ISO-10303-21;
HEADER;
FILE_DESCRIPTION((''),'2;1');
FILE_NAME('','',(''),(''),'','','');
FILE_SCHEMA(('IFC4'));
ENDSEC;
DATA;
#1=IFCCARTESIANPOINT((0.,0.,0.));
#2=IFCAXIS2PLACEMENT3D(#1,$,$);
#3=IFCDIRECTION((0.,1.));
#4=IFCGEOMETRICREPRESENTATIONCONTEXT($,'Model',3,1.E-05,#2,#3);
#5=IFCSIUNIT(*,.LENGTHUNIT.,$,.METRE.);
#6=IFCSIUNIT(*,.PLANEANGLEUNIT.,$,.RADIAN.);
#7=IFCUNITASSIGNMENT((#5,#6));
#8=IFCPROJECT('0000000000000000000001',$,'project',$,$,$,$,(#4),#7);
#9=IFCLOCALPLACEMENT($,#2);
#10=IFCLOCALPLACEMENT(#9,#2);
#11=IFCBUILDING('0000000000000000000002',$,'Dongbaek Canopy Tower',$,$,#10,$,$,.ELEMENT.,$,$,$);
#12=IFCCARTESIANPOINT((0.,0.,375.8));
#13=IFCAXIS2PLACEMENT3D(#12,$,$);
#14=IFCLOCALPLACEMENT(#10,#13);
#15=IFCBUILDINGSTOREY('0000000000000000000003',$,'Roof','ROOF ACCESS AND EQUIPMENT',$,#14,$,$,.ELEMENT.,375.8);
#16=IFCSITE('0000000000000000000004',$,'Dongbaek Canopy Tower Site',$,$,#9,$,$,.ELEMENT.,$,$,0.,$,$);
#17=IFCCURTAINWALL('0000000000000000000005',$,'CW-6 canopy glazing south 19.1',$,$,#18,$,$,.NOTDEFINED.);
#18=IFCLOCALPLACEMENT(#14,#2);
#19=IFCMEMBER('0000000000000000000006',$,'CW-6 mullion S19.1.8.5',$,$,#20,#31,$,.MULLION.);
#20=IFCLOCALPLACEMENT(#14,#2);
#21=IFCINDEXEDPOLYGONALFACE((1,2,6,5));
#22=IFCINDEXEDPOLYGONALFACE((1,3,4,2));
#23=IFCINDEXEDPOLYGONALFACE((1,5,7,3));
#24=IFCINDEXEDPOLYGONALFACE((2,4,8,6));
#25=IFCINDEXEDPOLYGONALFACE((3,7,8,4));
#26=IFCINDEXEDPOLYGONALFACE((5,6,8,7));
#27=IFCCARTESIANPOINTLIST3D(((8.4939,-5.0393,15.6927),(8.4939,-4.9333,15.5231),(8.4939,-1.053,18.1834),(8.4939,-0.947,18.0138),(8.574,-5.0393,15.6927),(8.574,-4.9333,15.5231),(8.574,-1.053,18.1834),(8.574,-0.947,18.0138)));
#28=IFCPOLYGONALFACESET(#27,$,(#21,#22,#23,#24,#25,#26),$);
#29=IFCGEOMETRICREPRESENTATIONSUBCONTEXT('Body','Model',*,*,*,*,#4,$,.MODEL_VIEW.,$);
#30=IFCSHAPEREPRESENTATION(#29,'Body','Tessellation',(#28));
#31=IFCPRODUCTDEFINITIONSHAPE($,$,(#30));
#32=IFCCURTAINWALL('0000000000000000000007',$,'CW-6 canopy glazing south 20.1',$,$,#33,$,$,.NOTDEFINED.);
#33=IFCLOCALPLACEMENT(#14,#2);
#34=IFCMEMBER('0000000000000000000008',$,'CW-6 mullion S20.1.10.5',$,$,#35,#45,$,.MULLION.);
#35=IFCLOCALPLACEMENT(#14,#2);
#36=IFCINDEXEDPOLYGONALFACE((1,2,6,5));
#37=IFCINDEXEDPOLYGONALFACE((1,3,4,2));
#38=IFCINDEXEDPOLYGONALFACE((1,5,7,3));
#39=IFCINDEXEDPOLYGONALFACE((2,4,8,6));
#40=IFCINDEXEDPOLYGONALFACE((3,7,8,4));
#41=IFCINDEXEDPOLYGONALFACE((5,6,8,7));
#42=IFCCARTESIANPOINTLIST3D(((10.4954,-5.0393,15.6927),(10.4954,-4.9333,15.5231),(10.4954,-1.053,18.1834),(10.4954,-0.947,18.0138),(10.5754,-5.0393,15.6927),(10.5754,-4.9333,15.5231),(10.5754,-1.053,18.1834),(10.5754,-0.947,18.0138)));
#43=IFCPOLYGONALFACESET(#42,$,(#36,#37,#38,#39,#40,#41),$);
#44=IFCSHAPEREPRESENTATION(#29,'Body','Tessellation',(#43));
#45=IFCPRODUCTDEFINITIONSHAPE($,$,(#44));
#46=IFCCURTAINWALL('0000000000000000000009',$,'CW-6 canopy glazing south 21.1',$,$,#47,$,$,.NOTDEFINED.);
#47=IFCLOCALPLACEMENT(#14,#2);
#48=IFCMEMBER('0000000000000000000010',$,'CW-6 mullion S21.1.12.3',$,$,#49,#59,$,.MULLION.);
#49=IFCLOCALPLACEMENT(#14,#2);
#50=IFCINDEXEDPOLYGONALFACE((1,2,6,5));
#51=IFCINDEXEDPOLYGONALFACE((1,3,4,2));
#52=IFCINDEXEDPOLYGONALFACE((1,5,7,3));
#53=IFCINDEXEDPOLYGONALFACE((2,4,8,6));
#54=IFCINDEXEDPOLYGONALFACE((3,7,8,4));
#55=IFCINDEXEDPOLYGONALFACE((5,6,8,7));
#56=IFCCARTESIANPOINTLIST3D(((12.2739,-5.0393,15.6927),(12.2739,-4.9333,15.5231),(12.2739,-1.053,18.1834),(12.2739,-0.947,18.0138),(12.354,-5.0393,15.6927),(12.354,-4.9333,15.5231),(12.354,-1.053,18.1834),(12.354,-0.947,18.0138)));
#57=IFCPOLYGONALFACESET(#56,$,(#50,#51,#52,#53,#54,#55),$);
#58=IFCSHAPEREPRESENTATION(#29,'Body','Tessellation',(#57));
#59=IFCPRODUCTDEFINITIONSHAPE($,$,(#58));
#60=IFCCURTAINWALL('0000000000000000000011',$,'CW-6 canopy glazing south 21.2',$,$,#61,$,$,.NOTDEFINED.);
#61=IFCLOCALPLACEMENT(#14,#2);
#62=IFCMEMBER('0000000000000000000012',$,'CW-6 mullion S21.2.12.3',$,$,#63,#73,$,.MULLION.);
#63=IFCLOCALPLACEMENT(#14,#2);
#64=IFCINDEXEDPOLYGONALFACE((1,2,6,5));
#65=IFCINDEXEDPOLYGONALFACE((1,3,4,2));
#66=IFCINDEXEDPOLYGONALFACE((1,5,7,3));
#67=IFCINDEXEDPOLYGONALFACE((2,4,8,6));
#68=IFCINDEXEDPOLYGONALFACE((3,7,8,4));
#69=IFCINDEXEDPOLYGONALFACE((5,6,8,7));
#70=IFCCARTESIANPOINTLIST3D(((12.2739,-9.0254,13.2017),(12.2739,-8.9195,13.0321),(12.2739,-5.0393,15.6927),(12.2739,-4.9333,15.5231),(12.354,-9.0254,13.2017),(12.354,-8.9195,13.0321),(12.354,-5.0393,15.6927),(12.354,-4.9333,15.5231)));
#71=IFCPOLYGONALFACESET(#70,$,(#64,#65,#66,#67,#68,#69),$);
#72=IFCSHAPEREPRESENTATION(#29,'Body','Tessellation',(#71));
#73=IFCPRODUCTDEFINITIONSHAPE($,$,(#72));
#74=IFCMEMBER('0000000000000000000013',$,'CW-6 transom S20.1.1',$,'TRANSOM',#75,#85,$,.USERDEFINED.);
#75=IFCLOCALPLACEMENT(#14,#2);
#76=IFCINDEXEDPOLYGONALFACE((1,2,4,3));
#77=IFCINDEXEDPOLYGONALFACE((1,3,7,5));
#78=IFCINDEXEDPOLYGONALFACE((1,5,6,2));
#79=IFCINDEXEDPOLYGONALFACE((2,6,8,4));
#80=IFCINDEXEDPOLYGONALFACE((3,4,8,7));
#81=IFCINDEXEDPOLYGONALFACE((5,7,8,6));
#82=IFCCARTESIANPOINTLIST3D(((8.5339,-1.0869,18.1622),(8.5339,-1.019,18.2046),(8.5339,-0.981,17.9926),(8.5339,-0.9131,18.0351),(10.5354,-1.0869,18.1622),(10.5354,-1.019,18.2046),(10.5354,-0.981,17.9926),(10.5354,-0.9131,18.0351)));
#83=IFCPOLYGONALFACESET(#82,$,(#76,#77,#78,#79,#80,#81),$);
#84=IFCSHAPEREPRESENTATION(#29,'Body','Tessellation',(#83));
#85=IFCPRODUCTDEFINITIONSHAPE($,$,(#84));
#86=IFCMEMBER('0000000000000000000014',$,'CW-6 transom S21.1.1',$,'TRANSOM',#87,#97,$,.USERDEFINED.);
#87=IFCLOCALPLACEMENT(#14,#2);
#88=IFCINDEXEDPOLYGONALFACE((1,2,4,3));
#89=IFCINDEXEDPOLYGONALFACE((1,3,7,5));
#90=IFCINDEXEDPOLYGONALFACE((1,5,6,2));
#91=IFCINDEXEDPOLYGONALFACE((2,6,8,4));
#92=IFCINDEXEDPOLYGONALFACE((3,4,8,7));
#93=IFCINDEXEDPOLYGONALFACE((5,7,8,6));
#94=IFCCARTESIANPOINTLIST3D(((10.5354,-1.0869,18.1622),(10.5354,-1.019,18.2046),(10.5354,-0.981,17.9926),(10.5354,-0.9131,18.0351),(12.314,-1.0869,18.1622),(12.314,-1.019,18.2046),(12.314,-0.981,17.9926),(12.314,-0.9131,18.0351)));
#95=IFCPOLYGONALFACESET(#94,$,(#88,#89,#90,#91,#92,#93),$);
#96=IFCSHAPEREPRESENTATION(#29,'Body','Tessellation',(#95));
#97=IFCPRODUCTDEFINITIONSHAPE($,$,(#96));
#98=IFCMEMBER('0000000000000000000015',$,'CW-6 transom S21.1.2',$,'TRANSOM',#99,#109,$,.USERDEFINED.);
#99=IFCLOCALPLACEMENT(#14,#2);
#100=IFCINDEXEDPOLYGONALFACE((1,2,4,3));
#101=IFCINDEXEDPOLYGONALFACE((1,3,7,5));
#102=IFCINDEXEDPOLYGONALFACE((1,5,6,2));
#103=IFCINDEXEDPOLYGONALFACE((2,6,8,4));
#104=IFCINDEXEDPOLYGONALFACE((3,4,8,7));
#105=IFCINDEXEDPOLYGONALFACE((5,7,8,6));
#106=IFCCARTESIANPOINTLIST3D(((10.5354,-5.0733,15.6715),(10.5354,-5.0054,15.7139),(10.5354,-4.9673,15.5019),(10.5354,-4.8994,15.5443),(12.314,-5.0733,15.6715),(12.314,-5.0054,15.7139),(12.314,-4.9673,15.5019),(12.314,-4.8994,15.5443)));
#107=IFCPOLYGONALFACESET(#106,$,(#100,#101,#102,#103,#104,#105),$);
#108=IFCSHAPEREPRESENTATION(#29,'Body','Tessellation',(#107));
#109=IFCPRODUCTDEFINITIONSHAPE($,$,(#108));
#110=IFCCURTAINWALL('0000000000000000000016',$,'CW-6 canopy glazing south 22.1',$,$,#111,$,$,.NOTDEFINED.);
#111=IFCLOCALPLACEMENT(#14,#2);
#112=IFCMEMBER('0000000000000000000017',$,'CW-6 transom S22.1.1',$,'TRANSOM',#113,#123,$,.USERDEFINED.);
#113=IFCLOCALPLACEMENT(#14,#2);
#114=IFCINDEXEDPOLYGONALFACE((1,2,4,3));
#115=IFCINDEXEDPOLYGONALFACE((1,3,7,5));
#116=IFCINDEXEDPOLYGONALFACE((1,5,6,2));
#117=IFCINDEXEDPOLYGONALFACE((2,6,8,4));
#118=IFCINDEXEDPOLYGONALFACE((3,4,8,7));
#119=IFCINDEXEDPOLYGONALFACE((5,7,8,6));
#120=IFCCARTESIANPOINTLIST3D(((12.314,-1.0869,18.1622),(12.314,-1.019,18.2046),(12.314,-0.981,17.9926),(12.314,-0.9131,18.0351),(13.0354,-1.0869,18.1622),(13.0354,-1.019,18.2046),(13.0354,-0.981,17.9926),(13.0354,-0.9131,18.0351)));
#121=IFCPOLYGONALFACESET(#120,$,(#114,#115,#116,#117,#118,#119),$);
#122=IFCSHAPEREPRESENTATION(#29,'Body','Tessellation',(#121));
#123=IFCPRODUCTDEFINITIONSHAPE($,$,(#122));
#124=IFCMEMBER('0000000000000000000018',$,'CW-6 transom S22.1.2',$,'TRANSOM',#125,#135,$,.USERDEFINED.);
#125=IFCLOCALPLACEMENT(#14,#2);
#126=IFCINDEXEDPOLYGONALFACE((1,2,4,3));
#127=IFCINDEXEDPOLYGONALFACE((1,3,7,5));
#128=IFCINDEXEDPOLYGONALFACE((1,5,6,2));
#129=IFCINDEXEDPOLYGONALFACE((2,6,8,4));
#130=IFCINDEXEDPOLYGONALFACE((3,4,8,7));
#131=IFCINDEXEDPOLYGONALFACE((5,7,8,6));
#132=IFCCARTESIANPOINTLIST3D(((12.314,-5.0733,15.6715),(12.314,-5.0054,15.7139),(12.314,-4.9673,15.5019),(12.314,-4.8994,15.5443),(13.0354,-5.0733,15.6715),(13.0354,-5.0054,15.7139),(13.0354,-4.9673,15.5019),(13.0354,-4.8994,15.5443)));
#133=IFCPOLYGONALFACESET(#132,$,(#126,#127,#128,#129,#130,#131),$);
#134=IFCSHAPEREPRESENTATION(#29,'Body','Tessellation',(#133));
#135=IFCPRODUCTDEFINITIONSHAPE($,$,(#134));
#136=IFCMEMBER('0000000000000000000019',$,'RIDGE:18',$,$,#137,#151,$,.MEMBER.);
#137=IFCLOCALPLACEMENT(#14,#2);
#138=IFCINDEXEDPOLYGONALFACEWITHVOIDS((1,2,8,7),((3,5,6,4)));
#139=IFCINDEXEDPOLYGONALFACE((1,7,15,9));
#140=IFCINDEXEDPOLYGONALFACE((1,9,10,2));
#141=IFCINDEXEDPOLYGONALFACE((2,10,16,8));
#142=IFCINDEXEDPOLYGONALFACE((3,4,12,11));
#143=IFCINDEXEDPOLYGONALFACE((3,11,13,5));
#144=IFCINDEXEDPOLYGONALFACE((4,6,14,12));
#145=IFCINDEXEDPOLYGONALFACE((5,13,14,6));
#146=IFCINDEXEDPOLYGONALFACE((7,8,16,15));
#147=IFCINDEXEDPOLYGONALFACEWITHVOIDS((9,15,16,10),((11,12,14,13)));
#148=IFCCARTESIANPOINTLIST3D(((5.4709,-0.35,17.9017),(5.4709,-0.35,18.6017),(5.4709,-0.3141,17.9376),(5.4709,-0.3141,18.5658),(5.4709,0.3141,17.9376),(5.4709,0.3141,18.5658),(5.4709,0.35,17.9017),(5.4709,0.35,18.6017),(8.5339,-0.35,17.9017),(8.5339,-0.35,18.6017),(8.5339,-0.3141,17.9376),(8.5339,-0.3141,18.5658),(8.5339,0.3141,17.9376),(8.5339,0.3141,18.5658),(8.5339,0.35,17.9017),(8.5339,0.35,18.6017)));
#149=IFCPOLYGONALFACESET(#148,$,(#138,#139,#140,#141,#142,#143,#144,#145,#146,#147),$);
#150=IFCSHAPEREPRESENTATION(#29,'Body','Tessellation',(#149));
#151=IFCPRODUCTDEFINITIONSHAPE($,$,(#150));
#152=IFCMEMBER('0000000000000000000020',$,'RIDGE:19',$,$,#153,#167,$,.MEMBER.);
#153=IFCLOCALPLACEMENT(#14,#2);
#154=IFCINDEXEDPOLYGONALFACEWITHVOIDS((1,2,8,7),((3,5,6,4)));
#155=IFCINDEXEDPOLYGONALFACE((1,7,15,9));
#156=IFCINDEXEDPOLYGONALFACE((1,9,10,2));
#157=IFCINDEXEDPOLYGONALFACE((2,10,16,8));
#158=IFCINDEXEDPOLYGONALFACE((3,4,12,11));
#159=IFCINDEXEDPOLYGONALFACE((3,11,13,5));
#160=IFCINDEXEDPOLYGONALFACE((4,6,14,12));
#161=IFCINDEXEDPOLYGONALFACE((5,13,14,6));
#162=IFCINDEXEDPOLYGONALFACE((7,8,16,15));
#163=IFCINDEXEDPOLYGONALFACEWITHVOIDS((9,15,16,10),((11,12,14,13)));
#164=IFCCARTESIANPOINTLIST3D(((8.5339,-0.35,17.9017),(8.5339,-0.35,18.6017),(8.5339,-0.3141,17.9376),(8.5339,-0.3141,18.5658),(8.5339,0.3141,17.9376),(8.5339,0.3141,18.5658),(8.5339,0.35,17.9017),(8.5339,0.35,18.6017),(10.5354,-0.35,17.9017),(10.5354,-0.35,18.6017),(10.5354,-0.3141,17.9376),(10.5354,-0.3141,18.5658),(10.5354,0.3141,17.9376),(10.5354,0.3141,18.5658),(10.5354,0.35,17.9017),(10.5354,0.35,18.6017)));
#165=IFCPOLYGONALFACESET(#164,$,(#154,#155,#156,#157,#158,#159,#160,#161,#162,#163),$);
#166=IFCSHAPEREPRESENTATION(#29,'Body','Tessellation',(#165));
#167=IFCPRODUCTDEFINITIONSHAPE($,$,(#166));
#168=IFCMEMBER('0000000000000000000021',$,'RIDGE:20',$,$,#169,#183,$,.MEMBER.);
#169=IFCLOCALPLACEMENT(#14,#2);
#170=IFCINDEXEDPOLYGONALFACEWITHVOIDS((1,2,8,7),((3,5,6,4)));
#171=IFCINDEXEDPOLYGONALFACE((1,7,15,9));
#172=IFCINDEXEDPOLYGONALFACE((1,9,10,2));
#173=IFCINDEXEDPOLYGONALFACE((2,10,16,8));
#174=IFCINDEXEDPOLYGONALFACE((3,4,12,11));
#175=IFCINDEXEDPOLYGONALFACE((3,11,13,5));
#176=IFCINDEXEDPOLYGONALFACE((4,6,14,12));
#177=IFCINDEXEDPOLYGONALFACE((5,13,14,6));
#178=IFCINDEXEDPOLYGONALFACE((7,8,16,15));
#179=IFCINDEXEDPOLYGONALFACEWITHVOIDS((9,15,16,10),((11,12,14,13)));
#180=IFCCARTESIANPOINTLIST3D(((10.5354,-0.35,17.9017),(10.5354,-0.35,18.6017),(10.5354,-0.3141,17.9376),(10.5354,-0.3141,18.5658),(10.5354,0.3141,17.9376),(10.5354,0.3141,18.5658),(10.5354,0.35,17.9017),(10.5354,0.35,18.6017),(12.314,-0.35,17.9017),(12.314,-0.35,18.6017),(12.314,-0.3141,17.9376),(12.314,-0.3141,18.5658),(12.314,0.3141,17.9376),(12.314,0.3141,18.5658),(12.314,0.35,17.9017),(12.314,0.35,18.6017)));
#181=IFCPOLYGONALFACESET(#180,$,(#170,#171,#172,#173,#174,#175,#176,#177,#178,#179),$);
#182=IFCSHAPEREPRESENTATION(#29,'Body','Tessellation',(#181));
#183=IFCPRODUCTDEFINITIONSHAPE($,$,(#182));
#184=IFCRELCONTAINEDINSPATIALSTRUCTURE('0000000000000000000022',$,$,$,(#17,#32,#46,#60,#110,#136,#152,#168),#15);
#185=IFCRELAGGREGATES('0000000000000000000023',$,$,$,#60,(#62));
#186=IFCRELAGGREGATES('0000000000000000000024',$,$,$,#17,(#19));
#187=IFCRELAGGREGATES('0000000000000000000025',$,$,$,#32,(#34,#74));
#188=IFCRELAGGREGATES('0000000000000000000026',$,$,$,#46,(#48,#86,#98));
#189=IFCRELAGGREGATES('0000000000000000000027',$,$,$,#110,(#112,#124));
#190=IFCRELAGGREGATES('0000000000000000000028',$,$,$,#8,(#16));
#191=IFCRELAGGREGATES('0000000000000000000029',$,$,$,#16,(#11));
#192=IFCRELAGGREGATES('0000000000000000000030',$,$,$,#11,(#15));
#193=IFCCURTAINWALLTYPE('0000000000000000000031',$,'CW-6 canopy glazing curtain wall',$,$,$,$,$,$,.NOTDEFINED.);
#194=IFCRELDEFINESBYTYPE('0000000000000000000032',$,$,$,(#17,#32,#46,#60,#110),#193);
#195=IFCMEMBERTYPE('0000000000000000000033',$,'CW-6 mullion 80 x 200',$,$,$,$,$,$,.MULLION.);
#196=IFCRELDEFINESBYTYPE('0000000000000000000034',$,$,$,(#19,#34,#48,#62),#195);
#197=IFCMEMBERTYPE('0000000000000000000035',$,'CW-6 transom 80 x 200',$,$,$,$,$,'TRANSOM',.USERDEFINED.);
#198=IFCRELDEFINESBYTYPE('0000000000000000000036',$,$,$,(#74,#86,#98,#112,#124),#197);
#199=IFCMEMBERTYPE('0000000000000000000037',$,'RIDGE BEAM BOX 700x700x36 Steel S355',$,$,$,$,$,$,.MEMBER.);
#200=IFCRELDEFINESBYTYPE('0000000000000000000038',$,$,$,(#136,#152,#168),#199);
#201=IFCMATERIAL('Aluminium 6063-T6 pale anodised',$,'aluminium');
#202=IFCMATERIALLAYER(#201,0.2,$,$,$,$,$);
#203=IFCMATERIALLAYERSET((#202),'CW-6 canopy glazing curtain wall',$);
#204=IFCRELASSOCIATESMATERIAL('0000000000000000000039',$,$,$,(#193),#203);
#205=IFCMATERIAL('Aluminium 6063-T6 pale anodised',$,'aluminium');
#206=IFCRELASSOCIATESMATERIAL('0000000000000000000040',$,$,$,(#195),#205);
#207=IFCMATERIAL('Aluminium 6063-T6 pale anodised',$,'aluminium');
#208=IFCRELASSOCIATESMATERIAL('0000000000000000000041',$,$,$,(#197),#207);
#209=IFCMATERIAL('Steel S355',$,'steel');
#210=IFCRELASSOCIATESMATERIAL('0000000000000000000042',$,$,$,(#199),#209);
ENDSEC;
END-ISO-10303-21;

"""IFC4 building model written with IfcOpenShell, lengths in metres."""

from ifc_helpers import new_model, si_unit, direction, frame, origin, origin_2d, place, context, subcontext, project, spatial, rectangle, hollow_rectangle, extrude, material, layer, layer_set, material_profile, profile_set, type_object, element, aggregate, save


model = new_model("IFC4")

# Units and contexts
model_context = context("Model", 3, precision=1e-05, world=origin(), true_north=direction((0.0, 1.0)))
body_context = subcontext(model_context, "Body", "Model", "MODEL_VIEW")
ifc_project = project(units=[si_unit("LENGTHUNIT", "METRE"), si_unit("PLANEANGLEUNIT", "RADIAN")], contexts=[model_context])

# Site, building, storey
site_placement = place(None, origin())
site = spatial("IfcSite", under=ifc_project, at=site_placement, Name="Dongbaek Canopy Tower Site", CompositionType="ELEMENT", RefElevation=0.0)
building_placement = place(site_placement, origin())
building = spatial("IfcBuilding", under=site, at=building_placement, Name="Dongbaek Canopy Tower", CompositionType="ELEMENT")
storey_placement = place(building_placement, frame((0.0, 0.0, 375.8)))
storey = spatial("IfcBuildingStorey", under=building, at=storey_placement, Name="Roof", Description="ROOF ACCESS AND EQUIPMENT", CompositionType="ELEMENT", Elevation=375.8)

# Curtain walls, members
ifc_material_1 = material(Name="Aluminium 6063-T6 pale anodised", Category="aluminium")
ifc_layer_1 = layer(ifc_material_1, 0.2)
ifc_layer_set_1 = layer_set([ifc_layer_1], Name="CW-6 canopy glazing curtain wall")
curtain_wall_type = type_object("IfcCurtainWallType", Name="CW-6 canopy glazing curtain wall", PredefinedType="NOTDEFINED", material=ifc_layer_set_1)
curtain_wall_1_placement = place(storey_placement, origin())
curtain_wall_1 = element("IfcCurtainWall", 1, at=curtain_wall_1_placement, inside=storey, type_object=curtain_wall_type, Name="CW-6 canopy glazing south 19.1", PredefinedType="NOTDEFINED")
ifc_material_2 = material(Name="Aluminium 6063-T6 pale anodised", Category="aluminium")
ifc_material_profile_1 = material_profile(ifc_material_2, rectangle(XDim=0.0801, YDim=0.2, at=origin_2d()), Name="CW-6 mullion 80 x 200")
ifc_profile_set_1 = profile_set([ifc_material_profile_1], Name="Aluminium 6063-T6 pale anodised")
member_type_1 = type_object("IfcMemberType", Name="CW-6 mullion 80 x 200", PredefinedType="MULLION", material=ifc_profile_set_1)
member_1_placement = place(storey_placement, frame((8.5339, -1.0, 18.0986), z_axis=(0.0, -0.848068, -0.529887), x_axis=(1.0, 0.0, 0.0)))
member_1 = element("IfcMember", 2, at=member_1_placement, type_object=member_type_1, Name="CW-6 mullion S19.1.8.5", PredefinedType="MULLION", context=body_context, shape_type="SweptSolid", body=[
    extrude(rectangle(XDim=0.0801, YDim=0.2, at=origin_2d()), origin(), (0.0, 0.0, 1.0), 4.7004),
])
curtain_wall_2_placement = place(storey_placement, origin())
curtain_wall_2 = element("IfcCurtainWall", 3, at=curtain_wall_2_placement, inside=storey, type_object=curtain_wall_type, Name="CW-6 canopy glazing south 20.1", PredefinedType="NOTDEFINED")
member_2_placement = place(storey_placement, frame((10.5354, -1.0, 18.0986), z_axis=(0.0, -0.848068, -0.529887), x_axis=(1.0, 0.0, 0.0)))
member_2 = element("IfcMember", 4, at=member_2_placement, type_object=member_type_1, Name="CW-6 mullion S20.1.10.5", PredefinedType="MULLION", context=body_context, shape_type="SweptSolid", body=[
    extrude(rectangle(XDim=0.0801, YDim=0.2, at=origin_2d()), origin(), (0.0, 0.0, 1.0), 4.7004),
])
curtain_wall_3_placement = place(storey_placement, origin())
curtain_wall_3 = element("IfcCurtainWall", 5, at=curtain_wall_3_placement, inside=storey, type_object=curtain_wall_type, Name="CW-6 canopy glazing south 21.1", PredefinedType="NOTDEFINED")
member_3_placement = place(storey_placement, frame((12.314, -1.0, 18.0986), z_axis=(0.0, -0.848068, -0.529887), x_axis=(1.0, 0.0, 0.0)))
member_3 = element("IfcMember", 6, at=member_3_placement, type_object=member_type_1, Name="CW-6 mullion S21.1.12.3", PredefinedType="MULLION", context=body_context, shape_type="SweptSolid", body=[
    extrude(rectangle(XDim=0.0801, YDim=0.2, at=origin_2d()), origin(), (0.0, 0.0, 1.0), 4.7004),
])
curtain_wall_4_placement = place(storey_placement, origin())
curtain_wall_4 = element("IfcCurtainWall", 7, at=curtain_wall_4_placement, inside=storey, type_object=curtain_wall_type, Name="CW-6 canopy glazing south 21.2", PredefinedType="NOTDEFINED")
member_4_placement = place(storey_placement, frame((12.314, -4.9863, 15.6079), z_axis=(0.0, -0.84803, -0.529948), x_axis=(1.0, 0.0, 0.0)))
member_4 = element("IfcMember", 8, at=member_4_placement, type_object=member_type_1, Name="CW-6 mullion S21.2.12.3", PredefinedType="MULLION", context=body_context, shape_type="SweptSolid", body=[
    extrude(rectangle(XDim=0.0801, YDim=0.2, at=origin_2d()), origin(), (0.0, 0.0, 1.0), 4.7004),
])
aggregate(curtain_wall_4, [member_4])

# Members
ifc_material_3 = material(Name="Aluminium 6063-T6 pale anodised", Category="aluminium")
ifc_material_profile_2 = material_profile(ifc_material_3, rectangle(XDim=0.0801, YDim=0.2, at=origin_2d()), Name="CW-6 transom 80 x 200")
ifc_profile_set_2 = profile_set([ifc_material_profile_2], Name="Aluminium 6063-T6 pale anodised")
member_type_2 = type_object("IfcMemberType", Name="CW-6 transom 80 x 200", ElementType="TRANSOM", PredefinedType="USERDEFINED", material=ifc_profile_set_2)
member_5_placement = place(storey_placement, frame((8.5339, -1.0, 18.0986), z_axis=(1.0, 0.0, 0.0), x_axis=(0.0, 0.848048, 0.529919)))
member_5 = element("IfcMember", 9, at=member_5_placement, type_object=member_type_2, Name="CW-6 transom S20.1.1", ObjectType="TRANSOM", PredefinedType="USERDEFINED", context=body_context, shape_type="SweptSolid", body=[
    extrude(rectangle(XDim=0.0801, YDim=0.2, at=origin_2d()), origin(), (0.0, 0.0, 1.0), 2.0015),
])
member_6_placement = place(storey_placement, frame((10.5354, -1.0, 18.0986), z_axis=(1.0, 0.0, 0.0), x_axis=(0.0, 0.848048, 0.529919)))
member_6 = element("IfcMember", 10, at=member_6_placement, type_object=member_type_2, Name="CW-6 transom S21.1.1", ObjectType="TRANSOM", PredefinedType="USERDEFINED", context=body_context, shape_type="SweptSolid", body=[
    extrude(rectangle(XDim=0.0801, YDim=0.2, at=origin_2d()), origin(), (0.0, 0.0, 1.0), 1.7786),
])
member_7_placement = place(storey_placement, frame((10.5354, -4.9863, 15.6079), z_axis=(1.0, 0.0, 0.0), x_axis=(0.0, 0.848048, 0.529919)))
member_7 = element("IfcMember", 11, at=member_7_placement, type_object=member_type_2, Name="CW-6 transom S21.1.2", ObjectType="TRANSOM", PredefinedType="USERDEFINED", context=body_context, shape_type="SweptSolid", body=[
    extrude(rectangle(XDim=0.0801, YDim=0.2, at=origin_2d()), origin(), (0.0, 0.0, 1.0), 1.7786),
])

# Curtain wall, members
curtain_wall_5_placement = place(storey_placement, origin())
curtain_wall_5 = element("IfcCurtainWall", 12, at=curtain_wall_5_placement, inside=storey, type_object=curtain_wall_type, Name="CW-6 canopy glazing south 22.1", PredefinedType="NOTDEFINED")
member_8_placement = place(storey_placement, frame((12.314, -1.0, 18.0986), z_axis=(1.0, 0.0, 0.0), x_axis=(0.0, 0.848048, 0.529919)))
member_8 = element("IfcMember", 13, at=member_8_placement, type_object=member_type_2, Name="CW-6 transom S22.1.1", ObjectType="TRANSOM", PredefinedType="USERDEFINED", context=body_context, shape_type="SweptSolid", body=[
    extrude(rectangle(XDim=0.0801, YDim=0.2, at=origin_2d()), origin(), (0.0, 0.0, 1.0), 0.7214),
])
member_9_placement = place(storey_placement, frame((12.314, -4.9863, 15.6079), z_axis=(1.0, 0.0, 0.0), x_axis=(0.0, 0.848048, 0.529919)))
member_9 = element("IfcMember", 14, at=member_9_placement, type_object=member_type_2, Name="CW-6 transom S22.1.2", ObjectType="TRANSOM", PredefinedType="USERDEFINED", context=body_context, shape_type="SweptSolid", body=[
    extrude(rectangle(XDim=0.0801, YDim=0.2, at=origin_2d()), origin(), (0.0, 0.0, 1.0), 0.7214),
])

# Members
ifc_material_4 = material(Name="Steel S355", Category="steel")
ifc_material_profile_3 = material_profile(ifc_material_4, hollow_rectangle(XDim=0.7, YDim=0.7, WallThickness=0.0359, at=origin_2d()), Name="RIDGE BEAM BOX 700x700x36 Steel S355")
ifc_profile_set_3 = profile_set([ifc_material_profile_3], Name="Steel S355")
member_type_3 = type_object("IfcMemberType", Name="RIDGE BEAM BOX 700x700x36 Steel S355", PredefinedType="MEMBER", material=ifc_profile_set_3)
member_10_placement = place(storey_placement, frame((5.4709, 0.0, 18.2517), z_axis=(1.0, 0.0, 0.0), x_axis=(0.0, 1.0, 0.0)))
element("IfcMember", 15, at=member_10_placement, inside=storey, type_object=member_type_3, Name="RIDGE:18", PredefinedType="MEMBER", context=body_context, shape_type="SweptSolid", body=[
    extrude(hollow_rectangle(XDim=0.7, YDim=0.7, WallThickness=0.0359, at=origin_2d()), origin(), (0.0, 0.0, 1.0), 3.063),
])
member_11_placement = place(storey_placement, frame((8.5339, 0.0, 18.2517), z_axis=(1.0, 0.0, 0.0), x_axis=(0.0, 1.0, 0.0)))
element("IfcMember", 16, at=member_11_placement, inside=storey, type_object=member_type_3, Name="RIDGE:19", PredefinedType="MEMBER", context=body_context, shape_type="SweptSolid", body=[
    extrude(hollow_rectangle(XDim=0.7, YDim=0.7, WallThickness=0.0359, at=origin_2d()), origin(), (0.0, 0.0, 1.0), 2.0015),
])
member_12_placement = place(storey_placement, frame((10.5354, 0.0, 18.2517), z_axis=(1.0, 0.0, 0.0), x_axis=(0.0, 1.0, 0.0)))
element("IfcMember", 17, at=member_12_placement, inside=storey, type_object=member_type_3, Name="RIDGE:20", PredefinedType="MEMBER", context=body_context, shape_type="SweptSolid", body=[
    extrude(hollow_rectangle(XDim=0.7, YDim=0.7, WallThickness=0.0359, at=origin_2d()), origin(), (0.0, 0.0, 1.0), 1.7786),
])

aggregate(curtain_wall_1, [member_1])
aggregate(curtain_wall_2, [member_2, member_5])
aggregate(curtain_wall_3, [member_3, member_6, member_7])
aggregate(curtain_wall_5, [member_8, member_9])

save(model, "model.ifc")
